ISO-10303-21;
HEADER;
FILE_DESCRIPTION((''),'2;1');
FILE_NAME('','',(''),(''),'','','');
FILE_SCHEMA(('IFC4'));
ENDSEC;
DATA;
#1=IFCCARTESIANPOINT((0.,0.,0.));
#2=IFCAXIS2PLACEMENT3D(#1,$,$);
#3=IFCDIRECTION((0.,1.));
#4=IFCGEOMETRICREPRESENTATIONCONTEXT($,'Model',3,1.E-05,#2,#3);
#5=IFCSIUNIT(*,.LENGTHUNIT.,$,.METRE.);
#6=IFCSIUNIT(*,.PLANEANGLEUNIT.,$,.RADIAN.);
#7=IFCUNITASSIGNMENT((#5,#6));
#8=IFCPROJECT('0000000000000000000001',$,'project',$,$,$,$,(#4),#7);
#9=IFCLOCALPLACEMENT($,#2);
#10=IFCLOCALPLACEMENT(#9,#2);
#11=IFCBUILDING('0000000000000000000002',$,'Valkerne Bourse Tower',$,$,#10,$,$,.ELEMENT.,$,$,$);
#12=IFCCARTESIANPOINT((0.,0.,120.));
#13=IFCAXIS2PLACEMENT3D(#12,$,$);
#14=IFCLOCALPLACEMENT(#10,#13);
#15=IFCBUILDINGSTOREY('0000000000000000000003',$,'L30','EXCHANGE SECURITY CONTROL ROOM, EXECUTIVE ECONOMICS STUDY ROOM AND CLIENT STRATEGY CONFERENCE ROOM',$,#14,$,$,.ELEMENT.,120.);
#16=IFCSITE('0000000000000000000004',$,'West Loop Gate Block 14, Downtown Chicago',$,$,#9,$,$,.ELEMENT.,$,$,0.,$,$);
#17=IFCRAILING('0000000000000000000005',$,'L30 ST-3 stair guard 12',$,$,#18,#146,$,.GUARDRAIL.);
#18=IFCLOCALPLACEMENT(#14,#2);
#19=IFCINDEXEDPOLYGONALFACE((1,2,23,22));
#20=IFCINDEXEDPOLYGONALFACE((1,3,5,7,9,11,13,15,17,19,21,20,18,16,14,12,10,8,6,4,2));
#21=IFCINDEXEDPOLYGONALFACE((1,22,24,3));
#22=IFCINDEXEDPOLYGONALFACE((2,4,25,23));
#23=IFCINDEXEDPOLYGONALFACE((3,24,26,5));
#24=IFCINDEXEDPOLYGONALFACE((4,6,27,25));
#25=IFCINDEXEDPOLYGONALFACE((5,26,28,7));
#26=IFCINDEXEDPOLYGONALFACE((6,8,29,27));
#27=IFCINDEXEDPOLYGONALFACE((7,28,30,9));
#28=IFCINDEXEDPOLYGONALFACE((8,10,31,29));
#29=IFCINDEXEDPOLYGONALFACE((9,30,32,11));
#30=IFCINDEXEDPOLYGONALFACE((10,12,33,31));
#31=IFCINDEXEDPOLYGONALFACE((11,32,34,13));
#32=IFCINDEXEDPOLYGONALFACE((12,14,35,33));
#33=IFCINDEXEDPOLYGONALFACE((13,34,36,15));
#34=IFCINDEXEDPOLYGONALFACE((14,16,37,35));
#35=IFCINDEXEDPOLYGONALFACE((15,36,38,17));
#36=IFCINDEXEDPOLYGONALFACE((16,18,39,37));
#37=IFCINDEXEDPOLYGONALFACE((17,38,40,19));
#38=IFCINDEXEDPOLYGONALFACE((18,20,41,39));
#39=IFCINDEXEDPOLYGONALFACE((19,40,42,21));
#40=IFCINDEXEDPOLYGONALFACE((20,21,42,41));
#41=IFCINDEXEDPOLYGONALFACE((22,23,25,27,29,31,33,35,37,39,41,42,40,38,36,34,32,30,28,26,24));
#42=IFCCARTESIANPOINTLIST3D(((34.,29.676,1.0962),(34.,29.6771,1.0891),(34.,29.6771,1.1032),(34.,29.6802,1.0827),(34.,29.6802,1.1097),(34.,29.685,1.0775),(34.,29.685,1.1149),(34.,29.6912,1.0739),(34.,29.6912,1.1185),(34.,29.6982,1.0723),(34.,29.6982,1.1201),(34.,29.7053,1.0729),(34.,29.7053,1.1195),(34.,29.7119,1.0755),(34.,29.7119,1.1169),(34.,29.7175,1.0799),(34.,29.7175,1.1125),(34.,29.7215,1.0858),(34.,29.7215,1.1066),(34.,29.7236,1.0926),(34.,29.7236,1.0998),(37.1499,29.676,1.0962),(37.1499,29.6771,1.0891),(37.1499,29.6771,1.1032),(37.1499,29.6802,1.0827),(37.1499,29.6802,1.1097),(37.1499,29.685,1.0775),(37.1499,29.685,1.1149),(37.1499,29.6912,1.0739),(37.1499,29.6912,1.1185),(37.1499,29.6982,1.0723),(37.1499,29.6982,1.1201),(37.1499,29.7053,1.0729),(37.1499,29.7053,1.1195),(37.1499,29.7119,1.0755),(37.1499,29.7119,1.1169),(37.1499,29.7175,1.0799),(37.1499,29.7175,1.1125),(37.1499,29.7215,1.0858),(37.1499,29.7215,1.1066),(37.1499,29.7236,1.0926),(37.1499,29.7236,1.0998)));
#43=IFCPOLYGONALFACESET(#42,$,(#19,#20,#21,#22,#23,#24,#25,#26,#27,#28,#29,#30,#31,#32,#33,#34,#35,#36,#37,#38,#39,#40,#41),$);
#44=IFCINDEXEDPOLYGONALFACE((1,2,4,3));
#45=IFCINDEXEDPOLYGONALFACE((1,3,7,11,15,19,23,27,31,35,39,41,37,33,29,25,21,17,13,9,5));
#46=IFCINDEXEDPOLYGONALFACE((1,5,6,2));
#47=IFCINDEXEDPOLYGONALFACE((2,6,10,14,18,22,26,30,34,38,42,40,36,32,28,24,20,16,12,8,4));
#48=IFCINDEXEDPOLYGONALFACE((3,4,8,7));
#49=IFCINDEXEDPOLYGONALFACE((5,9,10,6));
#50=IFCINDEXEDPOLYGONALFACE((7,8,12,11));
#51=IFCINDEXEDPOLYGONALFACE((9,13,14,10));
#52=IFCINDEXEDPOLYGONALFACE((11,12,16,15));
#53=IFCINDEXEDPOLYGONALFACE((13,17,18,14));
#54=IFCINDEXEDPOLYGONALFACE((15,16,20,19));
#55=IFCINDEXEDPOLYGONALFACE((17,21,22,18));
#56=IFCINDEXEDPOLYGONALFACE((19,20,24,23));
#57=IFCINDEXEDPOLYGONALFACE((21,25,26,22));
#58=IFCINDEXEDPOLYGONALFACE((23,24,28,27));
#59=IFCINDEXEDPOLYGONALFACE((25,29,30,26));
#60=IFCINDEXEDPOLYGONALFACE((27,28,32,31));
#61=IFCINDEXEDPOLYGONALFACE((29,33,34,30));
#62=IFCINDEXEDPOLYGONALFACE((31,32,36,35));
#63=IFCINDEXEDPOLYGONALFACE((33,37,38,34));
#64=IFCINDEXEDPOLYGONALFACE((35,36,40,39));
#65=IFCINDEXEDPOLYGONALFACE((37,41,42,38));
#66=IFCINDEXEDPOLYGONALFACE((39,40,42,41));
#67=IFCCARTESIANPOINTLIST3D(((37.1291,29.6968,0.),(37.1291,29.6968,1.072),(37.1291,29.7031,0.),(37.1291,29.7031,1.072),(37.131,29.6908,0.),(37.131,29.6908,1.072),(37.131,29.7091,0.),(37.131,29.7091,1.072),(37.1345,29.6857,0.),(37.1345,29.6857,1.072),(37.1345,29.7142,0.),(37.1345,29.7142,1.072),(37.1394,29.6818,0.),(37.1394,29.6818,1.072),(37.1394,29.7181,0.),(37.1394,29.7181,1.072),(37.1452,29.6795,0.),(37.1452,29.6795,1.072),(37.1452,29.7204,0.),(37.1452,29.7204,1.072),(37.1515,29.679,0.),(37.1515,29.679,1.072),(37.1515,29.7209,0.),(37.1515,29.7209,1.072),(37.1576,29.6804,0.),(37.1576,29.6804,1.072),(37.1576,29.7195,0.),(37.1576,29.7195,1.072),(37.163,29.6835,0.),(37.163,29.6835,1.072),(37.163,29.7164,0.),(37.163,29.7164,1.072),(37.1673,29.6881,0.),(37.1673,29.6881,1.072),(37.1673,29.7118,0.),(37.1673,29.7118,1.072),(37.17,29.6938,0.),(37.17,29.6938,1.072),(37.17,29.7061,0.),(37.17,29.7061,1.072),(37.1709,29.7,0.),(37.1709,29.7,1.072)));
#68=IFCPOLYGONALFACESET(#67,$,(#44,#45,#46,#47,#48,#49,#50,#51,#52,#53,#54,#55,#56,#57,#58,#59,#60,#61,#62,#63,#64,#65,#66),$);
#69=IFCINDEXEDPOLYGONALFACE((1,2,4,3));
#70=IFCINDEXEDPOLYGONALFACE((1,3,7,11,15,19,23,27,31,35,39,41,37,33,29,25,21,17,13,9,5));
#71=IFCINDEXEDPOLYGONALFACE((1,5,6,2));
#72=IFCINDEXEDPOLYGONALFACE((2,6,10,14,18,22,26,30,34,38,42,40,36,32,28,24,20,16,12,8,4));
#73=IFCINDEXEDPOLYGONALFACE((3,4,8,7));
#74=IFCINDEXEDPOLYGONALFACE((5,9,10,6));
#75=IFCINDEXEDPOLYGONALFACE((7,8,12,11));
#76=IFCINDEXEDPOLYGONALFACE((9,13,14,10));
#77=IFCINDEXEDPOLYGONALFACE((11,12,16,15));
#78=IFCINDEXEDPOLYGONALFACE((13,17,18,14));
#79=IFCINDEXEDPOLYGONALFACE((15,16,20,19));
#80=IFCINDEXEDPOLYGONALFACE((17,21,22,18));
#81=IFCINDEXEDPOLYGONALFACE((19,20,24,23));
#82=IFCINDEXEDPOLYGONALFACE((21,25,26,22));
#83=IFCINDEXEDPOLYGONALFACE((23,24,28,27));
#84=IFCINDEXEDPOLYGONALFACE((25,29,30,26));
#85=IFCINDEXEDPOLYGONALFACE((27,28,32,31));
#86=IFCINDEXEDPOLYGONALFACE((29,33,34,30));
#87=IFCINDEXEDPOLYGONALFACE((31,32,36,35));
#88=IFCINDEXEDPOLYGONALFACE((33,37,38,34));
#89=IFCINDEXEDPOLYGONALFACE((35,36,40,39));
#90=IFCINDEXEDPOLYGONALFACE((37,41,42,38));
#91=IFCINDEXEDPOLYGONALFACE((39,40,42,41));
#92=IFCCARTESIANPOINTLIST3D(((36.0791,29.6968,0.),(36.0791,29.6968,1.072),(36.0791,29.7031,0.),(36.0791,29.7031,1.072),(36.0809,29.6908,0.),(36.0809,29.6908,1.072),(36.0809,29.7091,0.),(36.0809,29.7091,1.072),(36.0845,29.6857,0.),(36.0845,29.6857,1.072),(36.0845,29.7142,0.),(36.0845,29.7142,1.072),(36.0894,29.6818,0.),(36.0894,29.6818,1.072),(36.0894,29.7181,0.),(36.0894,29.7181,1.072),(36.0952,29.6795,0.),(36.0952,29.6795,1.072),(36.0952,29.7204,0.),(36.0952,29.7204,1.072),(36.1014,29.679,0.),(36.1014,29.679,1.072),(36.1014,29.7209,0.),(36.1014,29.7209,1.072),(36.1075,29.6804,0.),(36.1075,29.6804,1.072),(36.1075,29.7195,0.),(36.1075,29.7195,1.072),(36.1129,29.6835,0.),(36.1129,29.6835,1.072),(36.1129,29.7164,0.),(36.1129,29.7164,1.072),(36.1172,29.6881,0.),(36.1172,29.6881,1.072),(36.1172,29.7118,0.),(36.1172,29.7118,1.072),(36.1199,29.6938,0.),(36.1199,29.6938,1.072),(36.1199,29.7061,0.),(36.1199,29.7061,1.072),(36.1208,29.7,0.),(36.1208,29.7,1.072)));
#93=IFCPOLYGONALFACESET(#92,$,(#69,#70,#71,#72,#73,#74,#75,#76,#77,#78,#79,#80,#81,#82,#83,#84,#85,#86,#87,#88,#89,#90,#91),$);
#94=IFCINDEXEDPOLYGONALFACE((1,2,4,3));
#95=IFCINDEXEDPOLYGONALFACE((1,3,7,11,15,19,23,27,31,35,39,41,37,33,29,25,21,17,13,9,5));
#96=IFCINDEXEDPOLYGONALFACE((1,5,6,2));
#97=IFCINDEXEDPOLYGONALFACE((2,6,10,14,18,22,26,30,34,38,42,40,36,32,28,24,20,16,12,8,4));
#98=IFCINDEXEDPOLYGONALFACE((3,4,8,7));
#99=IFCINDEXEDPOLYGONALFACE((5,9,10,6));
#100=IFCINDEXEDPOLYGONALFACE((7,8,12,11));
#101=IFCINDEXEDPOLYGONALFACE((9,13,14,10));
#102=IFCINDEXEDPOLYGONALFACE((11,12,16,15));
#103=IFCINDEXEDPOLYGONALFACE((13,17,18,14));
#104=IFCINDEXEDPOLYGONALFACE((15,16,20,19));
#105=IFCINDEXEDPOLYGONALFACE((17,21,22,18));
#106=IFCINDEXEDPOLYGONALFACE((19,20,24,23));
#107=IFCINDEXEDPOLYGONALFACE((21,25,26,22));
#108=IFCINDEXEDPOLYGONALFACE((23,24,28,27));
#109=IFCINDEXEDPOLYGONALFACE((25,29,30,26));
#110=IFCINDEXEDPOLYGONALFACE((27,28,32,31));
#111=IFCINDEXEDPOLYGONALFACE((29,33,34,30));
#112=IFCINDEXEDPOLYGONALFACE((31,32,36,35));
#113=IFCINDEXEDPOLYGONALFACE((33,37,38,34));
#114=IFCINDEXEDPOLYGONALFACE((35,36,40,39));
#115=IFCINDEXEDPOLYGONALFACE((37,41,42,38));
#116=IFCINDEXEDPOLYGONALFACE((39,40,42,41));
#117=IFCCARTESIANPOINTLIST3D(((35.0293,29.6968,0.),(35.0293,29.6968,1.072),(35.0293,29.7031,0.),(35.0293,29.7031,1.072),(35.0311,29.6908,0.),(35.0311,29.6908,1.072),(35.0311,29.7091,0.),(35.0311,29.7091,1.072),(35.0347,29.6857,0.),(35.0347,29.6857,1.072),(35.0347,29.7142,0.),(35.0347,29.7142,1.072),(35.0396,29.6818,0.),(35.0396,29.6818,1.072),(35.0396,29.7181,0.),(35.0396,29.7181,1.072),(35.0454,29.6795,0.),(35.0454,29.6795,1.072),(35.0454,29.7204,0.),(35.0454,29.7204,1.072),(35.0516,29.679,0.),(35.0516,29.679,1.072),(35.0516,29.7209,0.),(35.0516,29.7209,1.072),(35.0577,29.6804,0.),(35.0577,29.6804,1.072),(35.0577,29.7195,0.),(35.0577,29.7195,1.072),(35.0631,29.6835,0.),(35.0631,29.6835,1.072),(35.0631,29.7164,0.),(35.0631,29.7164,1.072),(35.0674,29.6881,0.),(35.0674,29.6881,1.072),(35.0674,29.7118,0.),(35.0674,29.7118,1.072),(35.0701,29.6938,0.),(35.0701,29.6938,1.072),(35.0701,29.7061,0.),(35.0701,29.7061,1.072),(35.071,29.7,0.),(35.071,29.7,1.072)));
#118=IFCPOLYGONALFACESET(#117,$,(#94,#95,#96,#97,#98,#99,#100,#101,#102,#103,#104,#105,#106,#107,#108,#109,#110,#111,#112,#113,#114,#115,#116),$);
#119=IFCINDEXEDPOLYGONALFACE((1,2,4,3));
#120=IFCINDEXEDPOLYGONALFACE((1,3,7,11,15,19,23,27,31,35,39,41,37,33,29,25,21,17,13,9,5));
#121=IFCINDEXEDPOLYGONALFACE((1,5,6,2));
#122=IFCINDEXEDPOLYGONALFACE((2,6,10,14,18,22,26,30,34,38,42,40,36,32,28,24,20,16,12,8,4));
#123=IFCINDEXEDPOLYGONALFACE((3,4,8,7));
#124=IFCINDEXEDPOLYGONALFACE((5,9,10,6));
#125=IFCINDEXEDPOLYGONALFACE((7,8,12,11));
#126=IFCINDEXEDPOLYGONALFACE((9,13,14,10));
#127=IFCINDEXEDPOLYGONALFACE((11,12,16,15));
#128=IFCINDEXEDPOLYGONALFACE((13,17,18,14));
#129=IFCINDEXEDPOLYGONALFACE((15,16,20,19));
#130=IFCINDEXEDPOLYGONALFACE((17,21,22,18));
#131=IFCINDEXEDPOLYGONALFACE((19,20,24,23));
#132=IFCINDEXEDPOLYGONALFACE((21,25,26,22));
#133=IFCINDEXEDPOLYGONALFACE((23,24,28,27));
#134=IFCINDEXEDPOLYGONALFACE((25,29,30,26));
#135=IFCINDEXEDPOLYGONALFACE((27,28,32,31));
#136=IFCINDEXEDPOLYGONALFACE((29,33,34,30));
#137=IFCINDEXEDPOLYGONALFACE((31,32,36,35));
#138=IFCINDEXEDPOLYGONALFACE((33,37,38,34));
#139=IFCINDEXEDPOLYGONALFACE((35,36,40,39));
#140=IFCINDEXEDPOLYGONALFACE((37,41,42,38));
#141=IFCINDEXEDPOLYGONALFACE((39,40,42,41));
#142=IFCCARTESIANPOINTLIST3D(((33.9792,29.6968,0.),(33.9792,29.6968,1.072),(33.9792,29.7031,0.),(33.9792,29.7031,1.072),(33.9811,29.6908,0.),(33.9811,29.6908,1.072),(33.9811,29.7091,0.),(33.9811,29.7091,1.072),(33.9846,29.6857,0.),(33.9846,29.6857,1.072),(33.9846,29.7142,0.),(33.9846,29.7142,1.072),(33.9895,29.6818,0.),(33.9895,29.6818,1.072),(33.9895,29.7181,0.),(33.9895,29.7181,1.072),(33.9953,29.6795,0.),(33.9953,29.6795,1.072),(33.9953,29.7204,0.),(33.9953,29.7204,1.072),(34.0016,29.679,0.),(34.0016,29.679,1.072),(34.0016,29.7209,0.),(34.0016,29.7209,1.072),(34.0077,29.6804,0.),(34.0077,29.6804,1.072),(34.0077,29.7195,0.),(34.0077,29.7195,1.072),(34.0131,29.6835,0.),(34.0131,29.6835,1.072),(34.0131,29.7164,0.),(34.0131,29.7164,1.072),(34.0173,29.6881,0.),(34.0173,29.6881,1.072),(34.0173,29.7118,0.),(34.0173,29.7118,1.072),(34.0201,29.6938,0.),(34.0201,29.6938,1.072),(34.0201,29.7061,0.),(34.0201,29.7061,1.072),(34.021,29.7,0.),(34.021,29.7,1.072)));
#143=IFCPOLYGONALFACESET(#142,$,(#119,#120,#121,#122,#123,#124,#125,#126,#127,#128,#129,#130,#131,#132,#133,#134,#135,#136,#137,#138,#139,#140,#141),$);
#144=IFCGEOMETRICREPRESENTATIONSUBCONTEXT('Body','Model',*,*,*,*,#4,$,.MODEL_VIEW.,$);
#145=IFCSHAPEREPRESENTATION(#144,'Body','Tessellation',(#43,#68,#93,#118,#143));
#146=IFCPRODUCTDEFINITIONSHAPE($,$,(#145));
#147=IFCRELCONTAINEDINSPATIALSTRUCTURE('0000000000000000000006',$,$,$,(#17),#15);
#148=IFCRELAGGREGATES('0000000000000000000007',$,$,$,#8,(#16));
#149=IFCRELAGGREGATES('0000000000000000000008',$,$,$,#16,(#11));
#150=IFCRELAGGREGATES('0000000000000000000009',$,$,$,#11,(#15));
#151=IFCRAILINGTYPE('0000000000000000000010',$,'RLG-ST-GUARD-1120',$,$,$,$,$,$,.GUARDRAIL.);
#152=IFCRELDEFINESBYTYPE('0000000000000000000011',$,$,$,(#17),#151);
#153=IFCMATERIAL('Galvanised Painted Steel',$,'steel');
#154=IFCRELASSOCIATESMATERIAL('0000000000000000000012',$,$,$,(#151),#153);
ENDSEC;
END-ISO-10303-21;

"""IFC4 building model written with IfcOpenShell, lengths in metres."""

from ifc_helpers import new_model, si_unit, direction, frame, origin, origin_2d, place, context, subcontext, project, spatial, circle, extrude, material, type_object, element, save


model = new_model("IFC4")

# Units and contexts
model_context = context("Model", 3, precision=1e-05, world=origin(), true_north=direction((0.0, 1.0)))
body_context = subcontext(model_context, "Body", "Model", "MODEL_VIEW")
ifc_project = project(units=[si_unit("LENGTHUNIT", "METRE"), si_unit("PLANEANGLEUNIT", "RADIAN")], contexts=[model_context])

# Site, building, storey
site_placement = place(None, origin())
site = spatial("IfcSite", under=ifc_project, at=site_placement, Name="West Loop Gate Block 14, Downtown Chicago", CompositionType="ELEMENT", RefElevation=0.0)
building_placement = place(site_placement, origin())
building = spatial("IfcBuilding", under=site, at=building_placement, Name="Valkerne Bourse Tower", CompositionType="ELEMENT")
storey_placement = place(building_placement, frame((0.0, 0.0, 120.0)))
storey = spatial("IfcBuildingStorey", under=building, at=storey_placement, Name="L30", Description="EXCHANGE SECURITY CONTROL ROOM, EXECUTIVE ECONOMICS STUDY ROOM AND CLIENT STRATEGY CONFERENCE ROOM", CompositionType="ELEMENT", Elevation=120.0)

# Railing
ifc_material_1 = material(Name="Galvanised Painted Steel", Category="steel")
railing_type_1 = type_object("IfcRailingType", Name="RLG-ST-GUARD-1120", PredefinedType="GUARDRAIL", material=ifc_material_1)
railing_1_placement = place(storey_placement, frame((37.1499, 29.7, 0.0)))
element("IfcRailing", 1, at=railing_1_placement, inside=storey, type_object=railing_type_1, Name="L30 ST-3 stair guard 12", PredefinedType="GUARDRAIL", context=body_context, shape_type="SweptSolid", body=[
    extrude(circle(Radius=0.0239, at=origin_2d()), frame((0.0, 0.0, 1.0962), z_axis=(-1.0, 0.0, 0.0), x_axis=(0.0, -1.0, 0.0)), (0.0, 0.0, 1.0), 3.1499),
    extrude(circle(Radius=0.021, at=origin_2d()), origin(), (0.0, 0.0, 1.0), 1.072),
    extrude(circle(Radius=0.021, at=origin_2d()), frame((-1.05, 0.0, 0.0)), (0.0, 0.0, 1.0), 1.072),
    extrude(circle(Radius=0.021, at=origin_2d()), frame((-2.0999, 0.0, 0.0)), (0.0, 0.0, 1.0), 1.072),
    extrude(circle(Radius=0.021, at=origin_2d()), frame((-3.1499, 0.0, 0.0)), (0.0, 0.0, 1.0), 1.072),
])

save(model, "model.ifc")
